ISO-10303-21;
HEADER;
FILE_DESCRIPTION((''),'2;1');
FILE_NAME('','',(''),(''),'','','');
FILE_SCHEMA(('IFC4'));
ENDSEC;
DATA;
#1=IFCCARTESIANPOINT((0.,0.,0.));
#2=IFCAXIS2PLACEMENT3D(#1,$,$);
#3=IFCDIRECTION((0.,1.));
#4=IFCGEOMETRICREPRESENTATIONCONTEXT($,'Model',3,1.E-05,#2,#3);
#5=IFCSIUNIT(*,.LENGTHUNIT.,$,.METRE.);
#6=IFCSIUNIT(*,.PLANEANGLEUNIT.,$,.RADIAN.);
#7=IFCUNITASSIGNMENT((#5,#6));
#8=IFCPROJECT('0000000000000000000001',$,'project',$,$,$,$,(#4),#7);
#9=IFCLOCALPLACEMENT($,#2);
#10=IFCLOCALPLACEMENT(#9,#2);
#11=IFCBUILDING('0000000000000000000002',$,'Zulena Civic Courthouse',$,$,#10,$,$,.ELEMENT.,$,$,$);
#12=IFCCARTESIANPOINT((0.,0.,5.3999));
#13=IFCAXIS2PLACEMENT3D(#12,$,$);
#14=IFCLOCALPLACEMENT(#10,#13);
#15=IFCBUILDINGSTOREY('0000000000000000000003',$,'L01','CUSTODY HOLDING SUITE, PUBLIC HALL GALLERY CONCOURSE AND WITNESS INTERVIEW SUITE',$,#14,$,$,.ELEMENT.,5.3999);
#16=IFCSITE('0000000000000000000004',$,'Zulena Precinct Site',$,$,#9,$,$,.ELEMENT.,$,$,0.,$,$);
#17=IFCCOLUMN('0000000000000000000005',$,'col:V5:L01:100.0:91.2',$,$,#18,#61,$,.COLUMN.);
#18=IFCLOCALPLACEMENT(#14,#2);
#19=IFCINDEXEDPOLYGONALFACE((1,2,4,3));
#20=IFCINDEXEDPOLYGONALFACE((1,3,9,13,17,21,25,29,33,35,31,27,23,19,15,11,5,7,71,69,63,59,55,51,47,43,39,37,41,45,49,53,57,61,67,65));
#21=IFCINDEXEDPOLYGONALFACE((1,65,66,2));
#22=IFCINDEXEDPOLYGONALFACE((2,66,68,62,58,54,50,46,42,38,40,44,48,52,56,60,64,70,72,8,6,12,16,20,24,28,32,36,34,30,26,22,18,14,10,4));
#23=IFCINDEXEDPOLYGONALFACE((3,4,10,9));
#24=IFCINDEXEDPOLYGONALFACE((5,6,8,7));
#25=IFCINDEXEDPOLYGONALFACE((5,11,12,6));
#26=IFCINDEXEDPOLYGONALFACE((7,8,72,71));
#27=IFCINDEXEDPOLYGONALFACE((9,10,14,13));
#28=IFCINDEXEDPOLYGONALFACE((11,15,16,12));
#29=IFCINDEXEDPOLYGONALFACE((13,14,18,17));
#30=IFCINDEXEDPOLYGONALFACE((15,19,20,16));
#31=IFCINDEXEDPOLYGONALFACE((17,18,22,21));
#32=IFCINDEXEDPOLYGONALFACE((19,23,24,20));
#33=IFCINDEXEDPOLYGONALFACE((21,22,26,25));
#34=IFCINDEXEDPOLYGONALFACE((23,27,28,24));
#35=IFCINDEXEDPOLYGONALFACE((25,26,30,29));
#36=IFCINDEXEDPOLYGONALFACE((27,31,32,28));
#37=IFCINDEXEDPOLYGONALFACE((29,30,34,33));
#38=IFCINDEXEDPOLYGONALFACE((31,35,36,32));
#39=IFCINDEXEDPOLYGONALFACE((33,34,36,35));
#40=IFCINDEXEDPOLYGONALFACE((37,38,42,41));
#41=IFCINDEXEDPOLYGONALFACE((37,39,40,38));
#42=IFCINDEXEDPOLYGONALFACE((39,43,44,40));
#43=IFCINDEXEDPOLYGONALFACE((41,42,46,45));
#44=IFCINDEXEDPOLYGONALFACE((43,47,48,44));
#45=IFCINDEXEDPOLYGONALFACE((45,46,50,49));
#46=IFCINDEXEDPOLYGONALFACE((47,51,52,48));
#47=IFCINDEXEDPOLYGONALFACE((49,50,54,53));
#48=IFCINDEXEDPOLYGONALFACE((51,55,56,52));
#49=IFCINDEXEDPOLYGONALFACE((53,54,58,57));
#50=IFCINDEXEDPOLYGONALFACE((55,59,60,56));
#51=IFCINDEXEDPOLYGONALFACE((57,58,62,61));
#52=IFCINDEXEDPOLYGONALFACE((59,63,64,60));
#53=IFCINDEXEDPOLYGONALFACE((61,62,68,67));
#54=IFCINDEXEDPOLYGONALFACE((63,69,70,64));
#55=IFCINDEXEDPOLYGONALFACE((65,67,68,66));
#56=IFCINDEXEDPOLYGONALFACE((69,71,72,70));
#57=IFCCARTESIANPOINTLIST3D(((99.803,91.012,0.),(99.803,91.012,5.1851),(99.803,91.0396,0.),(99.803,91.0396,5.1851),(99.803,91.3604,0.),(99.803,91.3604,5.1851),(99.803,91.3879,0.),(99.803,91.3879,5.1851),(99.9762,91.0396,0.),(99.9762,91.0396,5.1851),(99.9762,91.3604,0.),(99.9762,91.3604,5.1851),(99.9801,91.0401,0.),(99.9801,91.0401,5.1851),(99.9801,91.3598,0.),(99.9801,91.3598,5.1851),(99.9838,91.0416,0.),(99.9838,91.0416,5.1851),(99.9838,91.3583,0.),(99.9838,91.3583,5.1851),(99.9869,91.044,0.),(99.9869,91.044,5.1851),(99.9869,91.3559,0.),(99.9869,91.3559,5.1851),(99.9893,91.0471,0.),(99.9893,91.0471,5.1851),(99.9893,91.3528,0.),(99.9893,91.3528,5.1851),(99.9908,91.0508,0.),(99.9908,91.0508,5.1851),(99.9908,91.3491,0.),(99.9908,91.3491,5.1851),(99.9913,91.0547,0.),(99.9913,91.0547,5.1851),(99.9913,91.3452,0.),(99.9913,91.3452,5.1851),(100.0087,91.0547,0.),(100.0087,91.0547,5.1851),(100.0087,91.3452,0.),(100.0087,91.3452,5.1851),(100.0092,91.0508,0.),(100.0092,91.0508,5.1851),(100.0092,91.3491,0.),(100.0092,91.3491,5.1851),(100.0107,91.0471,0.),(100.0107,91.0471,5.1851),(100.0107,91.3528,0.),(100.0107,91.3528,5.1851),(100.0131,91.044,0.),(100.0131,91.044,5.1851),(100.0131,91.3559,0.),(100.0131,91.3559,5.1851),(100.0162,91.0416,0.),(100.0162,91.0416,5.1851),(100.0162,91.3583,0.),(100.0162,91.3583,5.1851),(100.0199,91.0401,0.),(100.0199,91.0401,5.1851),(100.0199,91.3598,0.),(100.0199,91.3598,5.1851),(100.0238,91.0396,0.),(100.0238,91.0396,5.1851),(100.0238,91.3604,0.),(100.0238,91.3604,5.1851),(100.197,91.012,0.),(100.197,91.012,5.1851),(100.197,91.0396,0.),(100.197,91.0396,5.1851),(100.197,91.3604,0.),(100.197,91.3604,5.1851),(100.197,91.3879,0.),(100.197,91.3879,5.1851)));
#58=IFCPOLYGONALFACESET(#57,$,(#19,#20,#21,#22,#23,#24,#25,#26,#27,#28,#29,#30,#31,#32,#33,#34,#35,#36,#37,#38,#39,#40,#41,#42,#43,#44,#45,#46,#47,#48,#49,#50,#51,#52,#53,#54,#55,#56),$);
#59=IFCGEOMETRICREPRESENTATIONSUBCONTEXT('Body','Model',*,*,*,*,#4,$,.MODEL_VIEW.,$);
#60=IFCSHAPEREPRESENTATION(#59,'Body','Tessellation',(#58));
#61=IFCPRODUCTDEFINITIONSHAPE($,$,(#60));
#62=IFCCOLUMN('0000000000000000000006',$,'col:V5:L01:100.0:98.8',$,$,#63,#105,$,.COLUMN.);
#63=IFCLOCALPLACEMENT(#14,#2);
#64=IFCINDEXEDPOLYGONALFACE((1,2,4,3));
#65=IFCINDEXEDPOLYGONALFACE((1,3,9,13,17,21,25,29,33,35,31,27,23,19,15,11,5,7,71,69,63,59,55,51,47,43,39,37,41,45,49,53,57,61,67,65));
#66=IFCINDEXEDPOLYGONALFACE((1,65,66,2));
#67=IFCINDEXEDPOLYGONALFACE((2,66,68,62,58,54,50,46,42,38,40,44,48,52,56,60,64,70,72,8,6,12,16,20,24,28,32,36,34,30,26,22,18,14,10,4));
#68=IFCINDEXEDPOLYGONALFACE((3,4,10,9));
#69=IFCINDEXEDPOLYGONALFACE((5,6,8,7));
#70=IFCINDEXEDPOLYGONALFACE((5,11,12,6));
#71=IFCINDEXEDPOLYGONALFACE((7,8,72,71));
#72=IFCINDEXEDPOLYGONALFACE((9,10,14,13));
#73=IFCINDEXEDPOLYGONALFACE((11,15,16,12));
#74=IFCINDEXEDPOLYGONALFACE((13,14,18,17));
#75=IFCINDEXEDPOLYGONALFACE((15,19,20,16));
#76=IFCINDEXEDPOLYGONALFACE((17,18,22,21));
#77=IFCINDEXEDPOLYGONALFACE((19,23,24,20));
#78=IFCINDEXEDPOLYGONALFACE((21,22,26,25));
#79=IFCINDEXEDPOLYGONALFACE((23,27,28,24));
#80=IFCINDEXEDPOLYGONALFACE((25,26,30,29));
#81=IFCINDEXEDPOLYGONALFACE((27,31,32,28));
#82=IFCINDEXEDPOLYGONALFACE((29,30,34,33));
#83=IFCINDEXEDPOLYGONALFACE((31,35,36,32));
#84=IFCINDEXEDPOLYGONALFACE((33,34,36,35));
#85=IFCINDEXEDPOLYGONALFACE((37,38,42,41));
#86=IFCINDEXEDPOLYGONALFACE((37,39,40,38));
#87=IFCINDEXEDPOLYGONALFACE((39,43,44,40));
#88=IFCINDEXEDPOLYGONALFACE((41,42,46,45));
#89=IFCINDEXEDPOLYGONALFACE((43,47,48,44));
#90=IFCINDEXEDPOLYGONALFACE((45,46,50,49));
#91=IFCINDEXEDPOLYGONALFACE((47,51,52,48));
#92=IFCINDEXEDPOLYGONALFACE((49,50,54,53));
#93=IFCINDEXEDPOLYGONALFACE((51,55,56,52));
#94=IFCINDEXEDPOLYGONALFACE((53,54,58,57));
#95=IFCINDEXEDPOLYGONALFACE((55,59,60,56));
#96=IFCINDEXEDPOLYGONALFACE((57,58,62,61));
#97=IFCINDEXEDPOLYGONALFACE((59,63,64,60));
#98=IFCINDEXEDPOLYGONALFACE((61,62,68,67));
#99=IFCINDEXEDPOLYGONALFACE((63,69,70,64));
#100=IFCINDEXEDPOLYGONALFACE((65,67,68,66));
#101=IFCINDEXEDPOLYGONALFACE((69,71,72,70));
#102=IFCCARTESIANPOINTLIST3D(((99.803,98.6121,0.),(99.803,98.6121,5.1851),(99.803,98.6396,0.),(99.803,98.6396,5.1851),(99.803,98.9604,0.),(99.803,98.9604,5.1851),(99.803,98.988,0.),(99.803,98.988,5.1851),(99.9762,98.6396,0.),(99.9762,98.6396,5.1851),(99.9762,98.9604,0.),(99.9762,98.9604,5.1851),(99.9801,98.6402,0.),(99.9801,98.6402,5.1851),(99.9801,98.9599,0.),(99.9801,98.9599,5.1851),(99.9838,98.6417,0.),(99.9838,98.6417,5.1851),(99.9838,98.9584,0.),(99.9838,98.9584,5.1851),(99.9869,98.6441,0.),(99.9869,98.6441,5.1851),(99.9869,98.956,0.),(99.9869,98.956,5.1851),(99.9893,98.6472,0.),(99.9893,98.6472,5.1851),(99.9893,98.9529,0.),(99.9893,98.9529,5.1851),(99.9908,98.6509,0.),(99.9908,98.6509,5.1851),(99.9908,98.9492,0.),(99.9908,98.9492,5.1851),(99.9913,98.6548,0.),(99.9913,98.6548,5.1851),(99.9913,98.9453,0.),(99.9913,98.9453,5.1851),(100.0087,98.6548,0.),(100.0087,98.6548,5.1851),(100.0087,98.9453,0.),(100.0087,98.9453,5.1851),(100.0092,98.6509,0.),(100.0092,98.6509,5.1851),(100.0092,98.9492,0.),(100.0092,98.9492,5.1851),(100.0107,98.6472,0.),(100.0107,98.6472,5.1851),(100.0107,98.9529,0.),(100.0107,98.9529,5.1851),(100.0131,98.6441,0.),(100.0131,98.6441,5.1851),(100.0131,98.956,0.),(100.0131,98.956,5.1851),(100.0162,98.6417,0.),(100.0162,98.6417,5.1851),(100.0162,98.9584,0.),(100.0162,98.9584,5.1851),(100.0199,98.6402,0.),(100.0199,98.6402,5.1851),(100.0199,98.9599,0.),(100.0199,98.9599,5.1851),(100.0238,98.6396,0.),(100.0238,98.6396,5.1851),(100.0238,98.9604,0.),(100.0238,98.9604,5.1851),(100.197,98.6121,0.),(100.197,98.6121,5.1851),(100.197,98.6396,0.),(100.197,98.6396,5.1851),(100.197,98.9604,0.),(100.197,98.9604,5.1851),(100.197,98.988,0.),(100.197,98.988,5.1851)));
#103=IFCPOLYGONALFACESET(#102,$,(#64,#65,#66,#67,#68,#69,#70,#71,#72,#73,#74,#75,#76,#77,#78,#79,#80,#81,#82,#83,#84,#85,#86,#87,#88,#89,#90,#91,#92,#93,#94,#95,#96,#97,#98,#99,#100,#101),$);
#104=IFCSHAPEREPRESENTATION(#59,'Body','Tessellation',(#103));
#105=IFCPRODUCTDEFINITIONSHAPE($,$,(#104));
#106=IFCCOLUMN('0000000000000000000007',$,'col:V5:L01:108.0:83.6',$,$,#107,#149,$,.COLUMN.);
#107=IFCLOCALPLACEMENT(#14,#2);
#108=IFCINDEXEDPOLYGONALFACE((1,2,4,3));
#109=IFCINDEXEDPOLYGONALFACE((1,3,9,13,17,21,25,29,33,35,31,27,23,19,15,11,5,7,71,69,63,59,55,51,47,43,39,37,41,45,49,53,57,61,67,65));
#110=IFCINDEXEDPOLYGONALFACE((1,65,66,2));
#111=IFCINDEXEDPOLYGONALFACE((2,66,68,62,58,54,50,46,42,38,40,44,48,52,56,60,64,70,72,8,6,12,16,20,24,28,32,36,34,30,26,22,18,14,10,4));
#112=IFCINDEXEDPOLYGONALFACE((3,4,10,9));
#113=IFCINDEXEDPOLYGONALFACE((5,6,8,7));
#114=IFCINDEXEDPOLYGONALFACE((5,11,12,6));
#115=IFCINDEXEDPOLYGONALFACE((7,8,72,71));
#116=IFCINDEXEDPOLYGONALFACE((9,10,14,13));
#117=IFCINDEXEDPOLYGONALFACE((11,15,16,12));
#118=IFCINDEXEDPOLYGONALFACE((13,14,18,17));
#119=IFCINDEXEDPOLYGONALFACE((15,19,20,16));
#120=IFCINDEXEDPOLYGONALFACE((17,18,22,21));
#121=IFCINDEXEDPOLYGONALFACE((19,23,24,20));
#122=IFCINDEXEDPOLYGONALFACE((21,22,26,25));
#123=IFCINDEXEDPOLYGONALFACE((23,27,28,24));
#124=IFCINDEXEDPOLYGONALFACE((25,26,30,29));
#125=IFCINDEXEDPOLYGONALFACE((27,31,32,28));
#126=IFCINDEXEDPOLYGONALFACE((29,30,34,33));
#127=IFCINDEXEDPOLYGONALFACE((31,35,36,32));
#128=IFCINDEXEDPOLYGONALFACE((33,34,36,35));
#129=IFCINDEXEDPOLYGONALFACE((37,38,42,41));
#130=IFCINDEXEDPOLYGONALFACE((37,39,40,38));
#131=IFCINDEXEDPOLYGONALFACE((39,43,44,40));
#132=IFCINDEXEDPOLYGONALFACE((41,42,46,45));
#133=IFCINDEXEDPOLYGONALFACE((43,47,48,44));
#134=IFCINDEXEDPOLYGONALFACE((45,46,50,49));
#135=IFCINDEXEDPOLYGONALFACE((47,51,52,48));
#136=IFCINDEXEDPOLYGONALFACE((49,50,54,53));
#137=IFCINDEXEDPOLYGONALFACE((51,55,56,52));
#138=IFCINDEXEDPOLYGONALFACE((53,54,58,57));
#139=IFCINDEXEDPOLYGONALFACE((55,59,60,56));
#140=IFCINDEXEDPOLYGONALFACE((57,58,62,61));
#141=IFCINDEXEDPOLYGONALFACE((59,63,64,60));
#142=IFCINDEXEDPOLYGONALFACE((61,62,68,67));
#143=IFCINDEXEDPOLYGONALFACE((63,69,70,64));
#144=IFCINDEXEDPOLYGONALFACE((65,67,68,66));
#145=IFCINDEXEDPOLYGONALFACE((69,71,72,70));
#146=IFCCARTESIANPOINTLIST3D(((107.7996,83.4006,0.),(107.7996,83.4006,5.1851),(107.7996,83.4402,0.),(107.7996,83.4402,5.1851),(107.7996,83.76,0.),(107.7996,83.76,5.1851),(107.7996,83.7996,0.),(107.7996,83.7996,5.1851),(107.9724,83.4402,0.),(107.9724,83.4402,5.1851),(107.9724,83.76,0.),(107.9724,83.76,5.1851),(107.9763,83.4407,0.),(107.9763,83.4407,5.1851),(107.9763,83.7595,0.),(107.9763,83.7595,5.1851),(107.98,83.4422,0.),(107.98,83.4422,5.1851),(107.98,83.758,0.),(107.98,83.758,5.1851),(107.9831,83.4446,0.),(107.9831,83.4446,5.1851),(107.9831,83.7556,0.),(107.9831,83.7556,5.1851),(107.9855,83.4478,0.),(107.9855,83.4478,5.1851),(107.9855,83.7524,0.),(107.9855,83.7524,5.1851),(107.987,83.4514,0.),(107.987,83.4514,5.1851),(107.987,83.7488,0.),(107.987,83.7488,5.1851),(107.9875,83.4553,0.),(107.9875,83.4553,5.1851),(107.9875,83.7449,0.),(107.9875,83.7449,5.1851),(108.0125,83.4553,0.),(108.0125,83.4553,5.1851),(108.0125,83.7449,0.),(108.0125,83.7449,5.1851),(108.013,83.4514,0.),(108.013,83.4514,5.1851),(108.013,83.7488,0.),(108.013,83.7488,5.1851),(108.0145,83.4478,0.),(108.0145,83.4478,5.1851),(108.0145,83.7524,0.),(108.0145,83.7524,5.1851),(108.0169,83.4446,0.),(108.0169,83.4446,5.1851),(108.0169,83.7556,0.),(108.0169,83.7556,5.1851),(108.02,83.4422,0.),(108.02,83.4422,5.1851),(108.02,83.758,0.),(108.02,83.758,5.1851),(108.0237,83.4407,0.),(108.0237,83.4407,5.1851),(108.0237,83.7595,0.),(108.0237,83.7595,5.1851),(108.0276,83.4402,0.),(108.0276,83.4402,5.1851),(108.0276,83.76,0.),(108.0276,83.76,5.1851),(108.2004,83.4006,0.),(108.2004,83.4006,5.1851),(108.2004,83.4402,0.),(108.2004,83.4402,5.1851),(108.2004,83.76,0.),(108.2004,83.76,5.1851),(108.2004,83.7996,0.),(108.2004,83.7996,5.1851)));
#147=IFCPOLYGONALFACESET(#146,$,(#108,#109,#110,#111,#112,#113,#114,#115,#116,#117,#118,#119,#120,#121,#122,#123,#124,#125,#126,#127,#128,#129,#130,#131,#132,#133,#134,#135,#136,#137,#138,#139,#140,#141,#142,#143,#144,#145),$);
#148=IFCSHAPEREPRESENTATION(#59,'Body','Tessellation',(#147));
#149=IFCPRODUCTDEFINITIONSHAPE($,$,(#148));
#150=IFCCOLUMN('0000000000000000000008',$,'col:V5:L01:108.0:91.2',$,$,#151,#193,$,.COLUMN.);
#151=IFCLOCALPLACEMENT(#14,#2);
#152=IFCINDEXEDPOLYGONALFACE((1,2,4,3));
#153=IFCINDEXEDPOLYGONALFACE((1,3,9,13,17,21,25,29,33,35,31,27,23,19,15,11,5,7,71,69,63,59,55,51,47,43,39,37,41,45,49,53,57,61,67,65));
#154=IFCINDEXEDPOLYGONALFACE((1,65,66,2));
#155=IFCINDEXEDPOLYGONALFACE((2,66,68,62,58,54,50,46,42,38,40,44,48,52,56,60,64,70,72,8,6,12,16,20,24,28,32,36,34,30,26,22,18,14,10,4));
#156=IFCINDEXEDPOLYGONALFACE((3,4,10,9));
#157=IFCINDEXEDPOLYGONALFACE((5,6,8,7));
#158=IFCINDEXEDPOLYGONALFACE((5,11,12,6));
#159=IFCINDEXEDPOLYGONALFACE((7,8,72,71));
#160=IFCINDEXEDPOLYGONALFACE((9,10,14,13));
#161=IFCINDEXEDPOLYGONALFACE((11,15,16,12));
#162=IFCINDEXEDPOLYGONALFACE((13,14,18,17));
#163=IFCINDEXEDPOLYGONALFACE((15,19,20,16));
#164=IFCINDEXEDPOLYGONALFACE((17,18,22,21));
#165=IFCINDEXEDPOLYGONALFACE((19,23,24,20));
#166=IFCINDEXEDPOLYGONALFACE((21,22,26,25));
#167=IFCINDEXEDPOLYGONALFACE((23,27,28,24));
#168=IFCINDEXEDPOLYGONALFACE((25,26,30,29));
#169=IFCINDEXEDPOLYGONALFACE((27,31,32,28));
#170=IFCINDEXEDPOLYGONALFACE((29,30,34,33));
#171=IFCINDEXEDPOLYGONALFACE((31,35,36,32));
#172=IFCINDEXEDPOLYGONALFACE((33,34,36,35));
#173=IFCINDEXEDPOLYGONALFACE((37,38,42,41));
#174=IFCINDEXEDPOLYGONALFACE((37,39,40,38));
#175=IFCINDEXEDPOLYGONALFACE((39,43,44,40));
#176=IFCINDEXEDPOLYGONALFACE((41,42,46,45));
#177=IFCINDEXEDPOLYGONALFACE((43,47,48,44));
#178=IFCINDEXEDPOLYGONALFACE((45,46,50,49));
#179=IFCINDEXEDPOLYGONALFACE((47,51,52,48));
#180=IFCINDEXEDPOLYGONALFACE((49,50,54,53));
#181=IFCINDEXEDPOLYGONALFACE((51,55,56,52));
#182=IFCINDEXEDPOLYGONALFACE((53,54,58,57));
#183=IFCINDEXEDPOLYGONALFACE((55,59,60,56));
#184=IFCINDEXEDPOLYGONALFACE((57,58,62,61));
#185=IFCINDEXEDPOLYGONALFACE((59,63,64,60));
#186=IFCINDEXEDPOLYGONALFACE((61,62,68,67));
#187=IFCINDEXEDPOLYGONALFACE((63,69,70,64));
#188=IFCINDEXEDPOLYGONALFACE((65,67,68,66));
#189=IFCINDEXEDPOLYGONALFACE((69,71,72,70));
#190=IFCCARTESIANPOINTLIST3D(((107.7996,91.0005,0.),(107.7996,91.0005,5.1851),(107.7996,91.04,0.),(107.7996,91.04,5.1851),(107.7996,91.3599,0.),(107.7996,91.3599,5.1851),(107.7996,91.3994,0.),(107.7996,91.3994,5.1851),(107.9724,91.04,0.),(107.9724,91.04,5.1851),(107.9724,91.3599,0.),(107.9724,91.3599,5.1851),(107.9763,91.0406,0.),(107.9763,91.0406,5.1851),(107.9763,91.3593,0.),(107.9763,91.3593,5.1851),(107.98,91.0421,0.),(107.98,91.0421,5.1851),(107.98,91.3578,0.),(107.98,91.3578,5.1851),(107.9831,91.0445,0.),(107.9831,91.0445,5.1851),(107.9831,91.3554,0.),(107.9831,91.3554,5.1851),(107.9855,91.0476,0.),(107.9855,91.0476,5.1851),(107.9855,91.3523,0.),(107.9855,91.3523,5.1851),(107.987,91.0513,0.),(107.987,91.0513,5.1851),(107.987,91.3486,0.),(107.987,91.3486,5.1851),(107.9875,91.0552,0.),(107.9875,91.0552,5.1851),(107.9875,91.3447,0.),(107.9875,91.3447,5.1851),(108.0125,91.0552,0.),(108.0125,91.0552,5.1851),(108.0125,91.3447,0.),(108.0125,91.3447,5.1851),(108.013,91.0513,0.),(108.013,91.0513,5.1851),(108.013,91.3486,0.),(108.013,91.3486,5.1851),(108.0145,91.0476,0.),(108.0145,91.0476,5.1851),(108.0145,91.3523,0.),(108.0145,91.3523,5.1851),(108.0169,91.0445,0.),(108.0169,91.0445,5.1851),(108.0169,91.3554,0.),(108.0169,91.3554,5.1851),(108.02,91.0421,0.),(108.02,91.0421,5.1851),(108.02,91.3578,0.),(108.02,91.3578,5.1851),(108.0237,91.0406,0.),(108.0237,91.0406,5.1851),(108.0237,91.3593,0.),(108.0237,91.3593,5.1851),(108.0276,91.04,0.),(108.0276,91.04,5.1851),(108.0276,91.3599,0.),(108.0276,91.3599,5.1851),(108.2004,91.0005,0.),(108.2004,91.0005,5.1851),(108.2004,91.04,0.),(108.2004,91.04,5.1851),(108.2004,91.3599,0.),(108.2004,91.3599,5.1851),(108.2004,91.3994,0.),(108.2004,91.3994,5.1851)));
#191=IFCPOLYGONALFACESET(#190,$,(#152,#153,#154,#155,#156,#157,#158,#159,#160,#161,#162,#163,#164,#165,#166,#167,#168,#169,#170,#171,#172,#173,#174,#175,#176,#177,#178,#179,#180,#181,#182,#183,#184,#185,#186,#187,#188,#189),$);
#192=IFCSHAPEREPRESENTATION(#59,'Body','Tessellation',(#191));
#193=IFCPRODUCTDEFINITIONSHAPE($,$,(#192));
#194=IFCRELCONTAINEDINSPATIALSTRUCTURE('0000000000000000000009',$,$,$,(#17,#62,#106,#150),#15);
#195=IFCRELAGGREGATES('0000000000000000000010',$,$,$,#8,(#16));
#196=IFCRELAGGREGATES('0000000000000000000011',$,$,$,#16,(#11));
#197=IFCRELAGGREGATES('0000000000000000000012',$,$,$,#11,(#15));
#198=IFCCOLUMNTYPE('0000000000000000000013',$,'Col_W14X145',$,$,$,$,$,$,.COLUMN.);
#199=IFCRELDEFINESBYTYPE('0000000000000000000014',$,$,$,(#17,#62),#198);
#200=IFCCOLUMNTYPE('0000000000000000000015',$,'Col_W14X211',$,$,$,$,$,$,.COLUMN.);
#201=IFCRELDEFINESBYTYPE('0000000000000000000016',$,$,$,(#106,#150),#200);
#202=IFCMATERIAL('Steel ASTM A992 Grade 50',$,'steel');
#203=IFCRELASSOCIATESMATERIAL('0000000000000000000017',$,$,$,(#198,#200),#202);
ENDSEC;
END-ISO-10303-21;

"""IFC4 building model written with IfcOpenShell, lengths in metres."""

from ifc_helpers import new_model, si_unit, direction, frame, origin, origin_2d, place, context, subcontext, project, spatial, i_section, extrude, material, material_profile, profile_set, type_object, element, save


model = new_model("IFC4")

# Units and contexts
model_context = context("Model", 3, precision=1e-05, world=origin(), true_north=direction((0.0, 1.0)))
body_context = subcontext(model_context, "Body", "Model", "MODEL_VIEW")
ifc_project = project(units=[si_unit("LENGTHUNIT", "METRE"), si_unit("PLANEANGLEUNIT", "RADIAN")], contexts=[model_context])

# Site, building, storey
site_placement = place(None, origin())
site = spatial("IfcSite", under=ifc_project, at=site_placement, Name="Zulena Precinct Site", CompositionType="ELEMENT", RefElevation=0.0)
building_placement = place(site_placement, origin())
building = spatial("IfcBuilding", under=site, at=building_placement, Name="Zulena Civic Courthouse", CompositionType="ELEMENT")
storey_placement = place(building_placement, frame((0.0, 0.0, 5.3999)))
storey = spatial("IfcBuildingStorey", under=building, at=storey_placement, Name="L01", Description="CUSTODY HOLDING SUITE, PUBLIC HALL GALLERY CONCOURSE AND WITNESS INTERVIEW SUITE", CompositionType="ELEMENT", Elevation=5.3999)

# Columns
ifc_material_1 = material(Name="Steel ASTM A992 Grade 50", Category="steel")
ifc_material_profile_1 = material_profile(ifc_material_1, i_section(OverallWidth=0.394, OverallDepth=0.376, WebThickness=0.0173, FlangeThickness=0.0276, FilletRadius=0.0151, at=origin_2d()), Name="W14X145")
ifc_profile_set_1 = profile_set([ifc_material_profile_1], Name="Steel ASTM A992 Grade 50")
column_type_1 = type_object("IfcColumnType", Name="Col_W14X145", PredefinedType="COLUMN", material=ifc_profile_set_1)
for number, where, z_axis, x_axis, name in (
    (1, (100.0, 91.2, 0.0), (0.0, 0.0, 1.0), (1.0, 0.0, 0.0), "col:V5:L01:100.0:91.2"),
    (2, (100.0, 98.8, 0.0), (0.0, 0.0, 1.0), (1.0, 0.0, 0.0), "col:V5:L01:100.0:98.8"),
):
    element("IfcColumn", number, at=place(storey_placement, frame(where, z_axis=z_axis, x_axis=x_axis)), inside=storey, type_object=column_type_1, Name=name, PredefinedType="COLUMN", context=body_context, shape_type="SweptSolid", body=[
        extrude(i_section(OverallWidth=0.394, OverallDepth=0.376, WebThickness=0.0173, FlangeThickness=0.0276, FilletRadius=0.0151, at=origin_2d()), origin(), (0.0, 0.0, 1.0), 5.1851),
    ])
ifc_material_profile_2 = material_profile(ifc_material_1, i_section(OverallWidth=0.4009, OverallDepth=0.3989, WebThickness=0.0249, FlangeThickness=0.0396, FilletRadius=0.0151, at=origin_2d()), Name="W14X211")
ifc_profile_set_2 = profile_set([ifc_material_profile_2], Name="Steel ASTM A992 Grade 50")
column_type_2 = type_object("IfcColumnType", Name="Col_W14X211", PredefinedType="COLUMN", material=ifc_profile_set_2)
for number, where, z_axis, x_axis, name in (
    (3, (108.0, 83.6001, 0.0), (0.0, 0.0, 1.0), (1.0, 0.0, 0.0), "col:V5:L01:108.0:83.6"),
    (4, (108.0, 91.2, 0.0), (0.0, 0.0, 1.0), (1.0, 0.0, 0.0), "col:V5:L01:108.0:91.2"),
):
    element("IfcColumn", number, at=place(storey_placement, frame(where, z_axis=z_axis, x_axis=x_axis)), inside=storey, type_object=column_type_2, Name=name, PredefinedType="COLUMN", context=body_context, shape_type="SweptSolid", body=[
        extrude(i_section(OverallWidth=0.4009, OverallDepth=0.3989, WebThickness=0.0249, FlangeThickness=0.0396, FilletRadius=0.0151, at=origin_2d()), origin(), (0.0, 0.0, 1.0), 5.1851),
    ])

save(model, "model.ifc")
